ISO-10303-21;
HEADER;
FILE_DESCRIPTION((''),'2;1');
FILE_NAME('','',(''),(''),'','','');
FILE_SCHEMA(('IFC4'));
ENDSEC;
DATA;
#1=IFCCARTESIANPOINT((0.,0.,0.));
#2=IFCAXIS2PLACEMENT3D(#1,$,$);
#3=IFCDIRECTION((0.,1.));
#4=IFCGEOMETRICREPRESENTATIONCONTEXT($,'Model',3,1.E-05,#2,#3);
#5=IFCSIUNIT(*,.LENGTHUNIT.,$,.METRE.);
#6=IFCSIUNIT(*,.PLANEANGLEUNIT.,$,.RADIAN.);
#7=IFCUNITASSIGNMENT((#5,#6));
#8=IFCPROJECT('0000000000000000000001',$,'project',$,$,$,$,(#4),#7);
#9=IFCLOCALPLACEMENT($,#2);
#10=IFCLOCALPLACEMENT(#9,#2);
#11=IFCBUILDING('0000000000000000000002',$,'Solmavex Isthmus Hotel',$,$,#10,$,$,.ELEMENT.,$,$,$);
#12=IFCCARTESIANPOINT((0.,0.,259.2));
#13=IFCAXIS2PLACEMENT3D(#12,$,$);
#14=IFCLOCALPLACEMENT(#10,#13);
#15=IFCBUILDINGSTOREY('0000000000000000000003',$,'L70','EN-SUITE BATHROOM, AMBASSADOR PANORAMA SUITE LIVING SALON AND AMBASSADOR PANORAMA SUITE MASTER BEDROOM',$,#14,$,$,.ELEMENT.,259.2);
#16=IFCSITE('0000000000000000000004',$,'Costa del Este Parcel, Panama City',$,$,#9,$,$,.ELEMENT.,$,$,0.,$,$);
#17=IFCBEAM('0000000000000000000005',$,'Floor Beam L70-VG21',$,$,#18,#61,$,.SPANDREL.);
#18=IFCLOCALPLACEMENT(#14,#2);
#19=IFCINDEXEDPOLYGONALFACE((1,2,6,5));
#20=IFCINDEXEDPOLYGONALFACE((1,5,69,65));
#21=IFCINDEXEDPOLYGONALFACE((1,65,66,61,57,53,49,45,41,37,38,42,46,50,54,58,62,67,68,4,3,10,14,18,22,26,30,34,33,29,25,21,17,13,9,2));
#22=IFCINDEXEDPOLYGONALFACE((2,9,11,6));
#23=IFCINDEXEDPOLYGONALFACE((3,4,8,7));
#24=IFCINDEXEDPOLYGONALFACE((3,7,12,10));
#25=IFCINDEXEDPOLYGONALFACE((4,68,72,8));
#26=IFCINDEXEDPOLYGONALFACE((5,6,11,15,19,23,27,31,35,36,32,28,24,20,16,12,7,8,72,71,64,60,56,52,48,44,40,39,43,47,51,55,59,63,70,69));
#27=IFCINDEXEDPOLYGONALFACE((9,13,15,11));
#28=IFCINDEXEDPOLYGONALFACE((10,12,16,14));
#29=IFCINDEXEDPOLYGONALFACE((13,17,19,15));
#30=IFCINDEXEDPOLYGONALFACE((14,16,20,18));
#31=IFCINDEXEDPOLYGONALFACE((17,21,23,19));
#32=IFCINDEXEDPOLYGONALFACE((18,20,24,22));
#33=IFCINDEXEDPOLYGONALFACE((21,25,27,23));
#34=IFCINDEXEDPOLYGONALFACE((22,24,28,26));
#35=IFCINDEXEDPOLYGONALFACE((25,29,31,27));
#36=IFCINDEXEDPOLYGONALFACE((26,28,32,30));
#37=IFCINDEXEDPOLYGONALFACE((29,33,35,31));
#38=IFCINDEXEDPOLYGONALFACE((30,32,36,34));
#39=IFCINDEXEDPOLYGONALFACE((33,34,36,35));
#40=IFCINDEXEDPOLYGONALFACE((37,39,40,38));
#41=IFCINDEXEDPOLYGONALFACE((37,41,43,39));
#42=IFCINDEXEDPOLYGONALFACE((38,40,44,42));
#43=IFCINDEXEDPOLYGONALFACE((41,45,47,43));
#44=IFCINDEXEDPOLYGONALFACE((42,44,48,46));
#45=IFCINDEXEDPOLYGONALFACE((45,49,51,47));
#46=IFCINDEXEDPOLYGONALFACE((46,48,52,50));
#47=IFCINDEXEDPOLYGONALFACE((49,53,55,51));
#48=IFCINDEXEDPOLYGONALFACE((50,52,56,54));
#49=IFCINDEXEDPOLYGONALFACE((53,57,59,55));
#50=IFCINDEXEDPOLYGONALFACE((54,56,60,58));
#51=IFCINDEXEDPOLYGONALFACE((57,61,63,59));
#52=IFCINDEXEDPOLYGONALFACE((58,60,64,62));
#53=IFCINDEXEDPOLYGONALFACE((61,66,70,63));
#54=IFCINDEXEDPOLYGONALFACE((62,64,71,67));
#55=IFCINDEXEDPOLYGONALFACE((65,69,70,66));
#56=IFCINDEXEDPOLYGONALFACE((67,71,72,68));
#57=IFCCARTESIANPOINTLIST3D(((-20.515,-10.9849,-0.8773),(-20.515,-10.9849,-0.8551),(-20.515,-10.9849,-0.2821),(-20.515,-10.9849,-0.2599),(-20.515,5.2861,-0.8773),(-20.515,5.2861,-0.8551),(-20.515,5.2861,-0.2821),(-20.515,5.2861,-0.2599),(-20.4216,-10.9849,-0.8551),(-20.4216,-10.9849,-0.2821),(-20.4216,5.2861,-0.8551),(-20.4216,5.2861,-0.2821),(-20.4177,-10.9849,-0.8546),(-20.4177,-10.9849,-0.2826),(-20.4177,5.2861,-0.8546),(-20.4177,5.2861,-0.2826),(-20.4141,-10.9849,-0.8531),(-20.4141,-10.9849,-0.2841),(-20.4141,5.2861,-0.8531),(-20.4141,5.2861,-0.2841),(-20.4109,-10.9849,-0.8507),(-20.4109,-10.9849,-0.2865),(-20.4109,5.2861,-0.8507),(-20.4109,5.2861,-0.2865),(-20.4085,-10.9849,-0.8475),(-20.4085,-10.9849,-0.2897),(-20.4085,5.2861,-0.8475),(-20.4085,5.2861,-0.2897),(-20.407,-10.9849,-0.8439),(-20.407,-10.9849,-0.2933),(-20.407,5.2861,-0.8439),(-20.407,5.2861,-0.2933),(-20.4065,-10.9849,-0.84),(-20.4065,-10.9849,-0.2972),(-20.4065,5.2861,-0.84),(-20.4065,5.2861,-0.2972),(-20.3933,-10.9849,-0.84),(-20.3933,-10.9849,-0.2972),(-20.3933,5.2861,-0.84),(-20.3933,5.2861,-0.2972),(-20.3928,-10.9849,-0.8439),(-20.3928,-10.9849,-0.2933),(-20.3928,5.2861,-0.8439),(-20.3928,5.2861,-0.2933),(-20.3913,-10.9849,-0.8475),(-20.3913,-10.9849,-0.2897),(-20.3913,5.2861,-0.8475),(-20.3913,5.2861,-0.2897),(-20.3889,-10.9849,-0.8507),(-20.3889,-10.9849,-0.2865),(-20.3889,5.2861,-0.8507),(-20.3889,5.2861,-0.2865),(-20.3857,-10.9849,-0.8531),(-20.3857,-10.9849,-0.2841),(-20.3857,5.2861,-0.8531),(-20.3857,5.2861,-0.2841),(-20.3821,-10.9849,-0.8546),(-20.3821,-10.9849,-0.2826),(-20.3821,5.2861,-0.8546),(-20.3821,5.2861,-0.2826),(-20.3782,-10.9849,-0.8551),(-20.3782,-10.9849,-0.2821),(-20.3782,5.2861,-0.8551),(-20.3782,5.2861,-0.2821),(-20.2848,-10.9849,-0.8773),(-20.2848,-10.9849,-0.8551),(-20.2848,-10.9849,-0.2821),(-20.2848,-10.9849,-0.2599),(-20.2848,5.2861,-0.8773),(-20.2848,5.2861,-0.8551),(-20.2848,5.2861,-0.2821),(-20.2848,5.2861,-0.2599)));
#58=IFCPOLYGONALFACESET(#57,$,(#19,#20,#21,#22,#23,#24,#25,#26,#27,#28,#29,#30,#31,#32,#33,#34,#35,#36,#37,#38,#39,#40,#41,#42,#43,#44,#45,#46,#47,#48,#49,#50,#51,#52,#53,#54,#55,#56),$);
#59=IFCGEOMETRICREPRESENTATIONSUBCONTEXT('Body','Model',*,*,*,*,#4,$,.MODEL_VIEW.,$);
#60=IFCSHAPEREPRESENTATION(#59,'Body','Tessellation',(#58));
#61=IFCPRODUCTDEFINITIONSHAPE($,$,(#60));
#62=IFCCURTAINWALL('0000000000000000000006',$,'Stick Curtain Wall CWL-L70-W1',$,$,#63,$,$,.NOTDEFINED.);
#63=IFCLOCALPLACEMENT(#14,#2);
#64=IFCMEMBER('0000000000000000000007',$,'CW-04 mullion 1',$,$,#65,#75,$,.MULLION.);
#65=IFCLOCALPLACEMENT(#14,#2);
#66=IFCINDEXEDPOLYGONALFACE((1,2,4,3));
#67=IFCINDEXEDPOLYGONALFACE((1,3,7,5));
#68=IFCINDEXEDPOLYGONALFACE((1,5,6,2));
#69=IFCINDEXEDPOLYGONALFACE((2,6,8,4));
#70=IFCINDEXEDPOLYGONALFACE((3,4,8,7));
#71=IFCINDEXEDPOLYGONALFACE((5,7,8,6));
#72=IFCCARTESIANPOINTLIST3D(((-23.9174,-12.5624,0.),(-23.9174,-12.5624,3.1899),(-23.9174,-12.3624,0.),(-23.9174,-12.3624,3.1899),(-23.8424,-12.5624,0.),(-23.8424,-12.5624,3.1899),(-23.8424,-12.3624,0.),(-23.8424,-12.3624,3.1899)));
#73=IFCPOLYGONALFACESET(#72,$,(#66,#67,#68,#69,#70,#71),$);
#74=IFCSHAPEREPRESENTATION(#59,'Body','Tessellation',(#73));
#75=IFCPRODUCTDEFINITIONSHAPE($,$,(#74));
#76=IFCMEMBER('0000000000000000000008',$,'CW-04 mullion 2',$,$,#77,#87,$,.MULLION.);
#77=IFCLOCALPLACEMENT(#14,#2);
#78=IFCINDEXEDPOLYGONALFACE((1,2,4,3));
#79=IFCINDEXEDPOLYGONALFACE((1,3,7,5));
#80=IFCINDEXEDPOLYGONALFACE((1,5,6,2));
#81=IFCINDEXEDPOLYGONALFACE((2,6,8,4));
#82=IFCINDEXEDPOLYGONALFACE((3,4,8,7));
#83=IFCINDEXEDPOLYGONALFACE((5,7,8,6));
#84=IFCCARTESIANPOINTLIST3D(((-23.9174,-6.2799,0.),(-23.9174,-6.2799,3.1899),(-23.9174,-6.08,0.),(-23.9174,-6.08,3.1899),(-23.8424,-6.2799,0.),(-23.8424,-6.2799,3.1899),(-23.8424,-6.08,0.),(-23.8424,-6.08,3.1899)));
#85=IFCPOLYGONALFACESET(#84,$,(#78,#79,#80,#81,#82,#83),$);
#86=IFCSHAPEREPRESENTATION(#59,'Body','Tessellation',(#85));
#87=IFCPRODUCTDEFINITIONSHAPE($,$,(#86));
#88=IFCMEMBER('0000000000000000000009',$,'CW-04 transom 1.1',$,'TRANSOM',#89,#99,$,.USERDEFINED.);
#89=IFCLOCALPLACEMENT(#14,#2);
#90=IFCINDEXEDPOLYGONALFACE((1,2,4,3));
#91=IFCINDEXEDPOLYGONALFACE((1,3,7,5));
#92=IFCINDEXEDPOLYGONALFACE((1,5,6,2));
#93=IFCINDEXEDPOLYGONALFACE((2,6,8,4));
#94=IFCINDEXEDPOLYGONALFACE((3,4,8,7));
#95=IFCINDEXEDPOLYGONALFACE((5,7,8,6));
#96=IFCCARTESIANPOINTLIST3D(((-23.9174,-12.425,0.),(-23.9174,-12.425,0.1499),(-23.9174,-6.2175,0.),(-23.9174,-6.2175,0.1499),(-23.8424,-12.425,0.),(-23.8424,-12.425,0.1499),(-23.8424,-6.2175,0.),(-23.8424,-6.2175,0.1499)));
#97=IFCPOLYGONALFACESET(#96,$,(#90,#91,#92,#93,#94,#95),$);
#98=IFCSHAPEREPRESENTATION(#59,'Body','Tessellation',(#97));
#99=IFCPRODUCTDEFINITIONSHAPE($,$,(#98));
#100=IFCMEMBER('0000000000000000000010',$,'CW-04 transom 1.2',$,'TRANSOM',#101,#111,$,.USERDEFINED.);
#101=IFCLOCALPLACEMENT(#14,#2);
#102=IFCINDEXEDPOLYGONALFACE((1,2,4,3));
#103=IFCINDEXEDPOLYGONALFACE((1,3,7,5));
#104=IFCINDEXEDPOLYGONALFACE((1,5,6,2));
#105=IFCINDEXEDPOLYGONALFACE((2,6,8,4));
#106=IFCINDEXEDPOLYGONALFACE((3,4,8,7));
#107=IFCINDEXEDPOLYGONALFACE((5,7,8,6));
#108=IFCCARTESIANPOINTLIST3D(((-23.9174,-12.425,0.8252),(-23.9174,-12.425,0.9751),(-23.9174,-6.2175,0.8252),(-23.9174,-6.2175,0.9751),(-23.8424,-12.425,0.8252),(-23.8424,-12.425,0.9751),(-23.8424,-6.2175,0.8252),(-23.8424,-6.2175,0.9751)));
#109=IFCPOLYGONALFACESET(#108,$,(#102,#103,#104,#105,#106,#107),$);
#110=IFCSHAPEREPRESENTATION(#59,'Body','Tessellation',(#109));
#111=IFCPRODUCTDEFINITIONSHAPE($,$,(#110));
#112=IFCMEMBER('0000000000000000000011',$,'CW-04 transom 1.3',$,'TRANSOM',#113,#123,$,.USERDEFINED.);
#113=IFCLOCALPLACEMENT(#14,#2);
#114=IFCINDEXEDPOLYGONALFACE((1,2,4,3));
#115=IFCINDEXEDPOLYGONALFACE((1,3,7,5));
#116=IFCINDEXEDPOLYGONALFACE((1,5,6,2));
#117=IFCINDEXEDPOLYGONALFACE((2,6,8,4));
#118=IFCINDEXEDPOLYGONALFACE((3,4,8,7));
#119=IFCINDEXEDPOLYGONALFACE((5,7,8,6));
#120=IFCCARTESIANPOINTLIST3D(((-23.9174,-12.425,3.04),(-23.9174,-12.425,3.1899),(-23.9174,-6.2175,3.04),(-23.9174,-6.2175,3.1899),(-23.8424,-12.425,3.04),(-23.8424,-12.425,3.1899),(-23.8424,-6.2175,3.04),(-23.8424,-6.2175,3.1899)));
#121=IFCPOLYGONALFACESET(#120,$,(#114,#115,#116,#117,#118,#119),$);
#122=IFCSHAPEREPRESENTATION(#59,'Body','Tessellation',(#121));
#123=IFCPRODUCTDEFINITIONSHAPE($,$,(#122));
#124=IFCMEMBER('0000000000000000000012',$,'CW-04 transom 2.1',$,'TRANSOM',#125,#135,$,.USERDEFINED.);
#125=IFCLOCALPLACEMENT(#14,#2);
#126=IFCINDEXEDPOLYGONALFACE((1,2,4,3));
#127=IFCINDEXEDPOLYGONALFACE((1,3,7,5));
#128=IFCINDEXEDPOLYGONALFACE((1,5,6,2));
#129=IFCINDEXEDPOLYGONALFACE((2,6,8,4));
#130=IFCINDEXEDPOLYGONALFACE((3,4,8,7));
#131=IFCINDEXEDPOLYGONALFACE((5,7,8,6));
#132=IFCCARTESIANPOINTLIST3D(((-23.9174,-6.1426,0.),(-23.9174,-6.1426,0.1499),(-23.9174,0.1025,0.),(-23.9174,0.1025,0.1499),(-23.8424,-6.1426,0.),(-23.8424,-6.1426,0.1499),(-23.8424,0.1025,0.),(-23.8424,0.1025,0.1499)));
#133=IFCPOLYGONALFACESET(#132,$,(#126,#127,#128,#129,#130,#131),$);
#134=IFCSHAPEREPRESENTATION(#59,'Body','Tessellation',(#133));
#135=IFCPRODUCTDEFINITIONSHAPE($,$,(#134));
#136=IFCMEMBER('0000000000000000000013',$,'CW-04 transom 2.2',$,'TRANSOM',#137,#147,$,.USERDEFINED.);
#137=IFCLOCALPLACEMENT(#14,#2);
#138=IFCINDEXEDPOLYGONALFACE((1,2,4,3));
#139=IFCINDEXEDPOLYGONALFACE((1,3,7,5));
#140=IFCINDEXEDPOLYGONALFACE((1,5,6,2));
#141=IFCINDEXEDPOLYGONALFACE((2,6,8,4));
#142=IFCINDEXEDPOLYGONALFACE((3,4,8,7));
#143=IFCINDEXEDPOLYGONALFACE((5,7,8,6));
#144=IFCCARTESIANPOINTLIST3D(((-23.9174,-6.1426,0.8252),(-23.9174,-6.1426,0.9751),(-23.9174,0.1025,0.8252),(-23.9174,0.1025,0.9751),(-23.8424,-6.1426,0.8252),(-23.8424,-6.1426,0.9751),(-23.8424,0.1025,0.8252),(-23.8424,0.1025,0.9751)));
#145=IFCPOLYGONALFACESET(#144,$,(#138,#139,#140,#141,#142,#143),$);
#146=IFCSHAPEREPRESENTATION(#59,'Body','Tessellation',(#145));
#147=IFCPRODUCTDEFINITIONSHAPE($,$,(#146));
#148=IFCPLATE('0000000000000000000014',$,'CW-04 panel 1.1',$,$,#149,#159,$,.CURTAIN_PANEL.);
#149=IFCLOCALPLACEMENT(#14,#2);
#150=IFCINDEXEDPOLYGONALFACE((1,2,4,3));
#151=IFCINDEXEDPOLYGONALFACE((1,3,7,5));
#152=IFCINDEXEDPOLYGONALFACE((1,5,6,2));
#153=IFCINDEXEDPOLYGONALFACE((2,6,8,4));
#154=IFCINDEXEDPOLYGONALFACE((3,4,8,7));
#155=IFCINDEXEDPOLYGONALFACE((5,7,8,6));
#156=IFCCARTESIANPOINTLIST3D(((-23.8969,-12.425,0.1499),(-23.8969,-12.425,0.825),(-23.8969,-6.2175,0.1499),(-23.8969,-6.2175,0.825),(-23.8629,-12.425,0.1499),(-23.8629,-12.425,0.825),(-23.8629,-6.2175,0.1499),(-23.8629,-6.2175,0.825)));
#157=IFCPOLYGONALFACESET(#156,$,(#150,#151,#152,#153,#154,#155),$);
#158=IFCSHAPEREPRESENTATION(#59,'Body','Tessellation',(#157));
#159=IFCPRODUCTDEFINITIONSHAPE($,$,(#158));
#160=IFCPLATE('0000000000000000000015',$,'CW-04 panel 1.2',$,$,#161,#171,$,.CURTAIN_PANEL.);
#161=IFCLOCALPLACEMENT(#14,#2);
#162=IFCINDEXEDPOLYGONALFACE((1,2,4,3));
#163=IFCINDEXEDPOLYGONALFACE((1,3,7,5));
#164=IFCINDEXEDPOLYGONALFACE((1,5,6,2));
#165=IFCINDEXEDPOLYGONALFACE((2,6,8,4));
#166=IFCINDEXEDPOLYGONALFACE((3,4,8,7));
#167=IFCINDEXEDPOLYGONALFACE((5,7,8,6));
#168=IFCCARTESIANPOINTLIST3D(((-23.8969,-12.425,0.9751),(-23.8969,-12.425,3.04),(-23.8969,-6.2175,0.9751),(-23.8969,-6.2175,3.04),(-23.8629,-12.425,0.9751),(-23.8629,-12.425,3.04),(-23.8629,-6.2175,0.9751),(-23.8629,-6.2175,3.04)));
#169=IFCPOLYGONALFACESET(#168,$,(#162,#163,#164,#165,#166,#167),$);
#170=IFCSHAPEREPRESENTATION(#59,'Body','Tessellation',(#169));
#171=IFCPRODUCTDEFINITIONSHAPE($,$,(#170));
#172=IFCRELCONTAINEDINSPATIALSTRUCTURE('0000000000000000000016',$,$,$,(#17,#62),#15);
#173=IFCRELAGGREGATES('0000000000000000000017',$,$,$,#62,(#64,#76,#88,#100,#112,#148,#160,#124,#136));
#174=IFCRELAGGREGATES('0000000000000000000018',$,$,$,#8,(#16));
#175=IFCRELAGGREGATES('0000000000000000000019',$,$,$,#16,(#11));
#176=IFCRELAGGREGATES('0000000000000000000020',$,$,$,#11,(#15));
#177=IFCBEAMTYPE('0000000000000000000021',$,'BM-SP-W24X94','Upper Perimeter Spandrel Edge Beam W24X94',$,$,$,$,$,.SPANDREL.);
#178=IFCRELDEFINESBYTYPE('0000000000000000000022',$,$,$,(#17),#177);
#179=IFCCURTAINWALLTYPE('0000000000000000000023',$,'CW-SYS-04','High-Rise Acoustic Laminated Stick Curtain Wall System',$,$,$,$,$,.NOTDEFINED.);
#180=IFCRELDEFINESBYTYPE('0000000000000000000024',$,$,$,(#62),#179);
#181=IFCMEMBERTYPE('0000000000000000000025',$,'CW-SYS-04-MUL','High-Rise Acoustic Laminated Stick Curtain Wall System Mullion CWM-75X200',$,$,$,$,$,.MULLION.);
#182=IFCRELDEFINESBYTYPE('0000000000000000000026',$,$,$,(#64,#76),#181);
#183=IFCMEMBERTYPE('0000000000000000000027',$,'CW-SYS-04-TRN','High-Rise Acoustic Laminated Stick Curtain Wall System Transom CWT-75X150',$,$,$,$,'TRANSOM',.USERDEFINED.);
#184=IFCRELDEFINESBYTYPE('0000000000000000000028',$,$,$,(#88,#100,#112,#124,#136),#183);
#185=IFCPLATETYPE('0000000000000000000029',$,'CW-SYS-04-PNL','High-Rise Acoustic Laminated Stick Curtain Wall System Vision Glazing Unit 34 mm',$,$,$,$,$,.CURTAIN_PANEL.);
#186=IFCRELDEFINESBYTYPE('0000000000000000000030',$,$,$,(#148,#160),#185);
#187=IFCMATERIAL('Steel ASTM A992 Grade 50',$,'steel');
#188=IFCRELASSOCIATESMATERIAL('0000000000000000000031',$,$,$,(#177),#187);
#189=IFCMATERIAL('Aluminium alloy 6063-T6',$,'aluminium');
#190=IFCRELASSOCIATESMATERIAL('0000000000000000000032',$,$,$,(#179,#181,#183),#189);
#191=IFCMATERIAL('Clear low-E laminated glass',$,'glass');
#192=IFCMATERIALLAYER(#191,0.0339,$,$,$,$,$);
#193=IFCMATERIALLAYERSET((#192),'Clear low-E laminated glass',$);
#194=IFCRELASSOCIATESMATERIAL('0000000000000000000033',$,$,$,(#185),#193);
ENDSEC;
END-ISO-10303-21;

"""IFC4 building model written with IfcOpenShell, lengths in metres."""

from ifc_helpers import new_model, si_unit, direction, frame, origin, origin_2d, place, context, subcontext, project, spatial, rectangle, i_section, extrude, material, layer, layer_set, material_profile, profile_set, type_object, element, aggregate, save


model = new_model("IFC4")

# Units and contexts
model_context = context("Model", 3, precision=1e-05, world=origin(), true_north=direction((0.0, 1.0)))
body_context = subcontext(model_context, "Body", "Model", "MODEL_VIEW")
ifc_project = project(units=[si_unit("LENGTHUNIT", "METRE"), si_unit("PLANEANGLEUNIT", "RADIAN")], contexts=[model_context])

# Site, building, storey
site_placement = place(None, origin())
site = spatial("IfcSite", under=ifc_project, at=site_placement, Name="Costa del Este Parcel, Panama City", CompositionType="ELEMENT", RefElevation=0.0)
building_placement = place(site_placement, origin())
building = spatial("IfcBuilding", under=site, at=building_placement, Name="Solmavex Isthmus Hotel", CompositionType="ELEMENT")
storey_placement = place(building_placement, frame((0.0, 0.0, 259.2)))
storey = spatial("IfcBuildingStorey", under=building, at=storey_placement, Name="L70", Description="EN-SUITE BATHROOM, AMBASSADOR PANORAMA SUITE LIVING SALON AND AMBASSADOR PANORAMA SUITE MASTER BEDROOM", CompositionType="ELEMENT", Elevation=259.2)

# Beam
ifc_material_1 = material(Name="Steel ASTM A992 Grade 50", Category="steel")
ifc_material_profile_1 = material_profile(ifc_material_1, i_section(OverallWidth=0.2302, OverallDepth=0.6174, WebThickness=0.0132, FlangeThickness=0.0222, FilletRadius=0.0151, at=origin_2d()), Name="W24X94")
ifc_profile_set_1 = profile_set([ifc_material_profile_1], Name="Steel ASTM A992 Grade 50")
beam_type_1 = type_object("IfcBeamType", Name="BM-SP-W24X94", Description="Upper Perimeter Spandrel Edge Beam W24X94", PredefinedType="SPANDREL", material=ifc_profile_set_1)
beam_1_placement = place(storey_placement, frame((-20.3999, -10.9849, -0.5686), z_axis=(0.0, 1.0, 0.0), x_axis=(-1.0, 0.0, 0.0)))
element("IfcBeam", 1, at=beam_1_placement, inside=storey, type_object=beam_type_1, Name="Floor Beam L70-VG21", PredefinedType="SPANDREL", context=body_context, shape_type="SweptSolid", body=[
    extrude(i_section(OverallWidth=0.2302, OverallDepth=0.6174, WebThickness=0.0132, FlangeThickness=0.0222, FilletRadius=0.0151, at=origin_2d()), origin(), (0.0, 0.0, 1.0), 16.271),
])

# Curtain wall, members, plates
ifc_material_2 = material(Name="Aluminium alloy 6063-T6", Category="aluminium")
curtain_wall_type = type_object("IfcCurtainWallType", Name="CW-SYS-04", Description="High-Rise Acoustic Laminated Stick Curtain Wall System", PredefinedType="NOTDEFINED", material=ifc_material_2)
curtain_wall_placement = place(storey_placement, origin())
curtain_wall = element("IfcCurtainWall", 2, at=curtain_wall_placement, inside=storey, type_object=curtain_wall_type, Name="Stick Curtain Wall CWL-L70-W1", PredefinedType="NOTDEFINED")
ifc_material_profile_2 = material_profile(ifc_material_2, rectangle(XDim=0.075, YDim=0.2, at=origin_2d()), Name="CWM-75X200")
ifc_profile_set_2 = profile_set([ifc_material_profile_2], Name="Aluminium alloy 6063-T6")
member_type_1 = type_object("IfcMemberType", Name="CW-SYS-04-MUL", Description="High-Rise Acoustic Laminated Stick Curtain Wall System Mullion CWM-75X200", PredefinedType="MULLION", material=ifc_profile_set_2)
member_1_placement = place(storey_placement, frame((-23.8799, -12.4624, 0.0), z_axis=(0.0, 0.0, 1.0), x_axis=(-1.0, 0.0, 0.0)))
member_1 = element("IfcMember", 3, at=member_1_placement, type_object=member_type_1, Name="CW-04 mullion 1", PredefinedType="MULLION", context=body_context, shape_type="SweptSolid", body=[
    extrude(rectangle(XDim=0.075, YDim=0.2, at=origin_2d()), origin(), (0.0, 0.0, 1.0), 3.1899),
])
member_2_placement = place(storey_placement, frame((-23.8799, -6.1799, 0.0), z_axis=(0.0, 0.0, 1.0), x_axis=(-1.0, 0.0, 0.0)))
member_2 = element("IfcMember", 4, at=member_2_placement, type_object=member_type_1, Name="CW-04 mullion 2", PredefinedType="MULLION", context=body_context, shape_type="SweptSolid", body=[
    extrude(rectangle(XDim=0.075, YDim=0.2, at=origin_2d()), origin(), (0.0, 0.0, 1.0), 3.1899),
])
ifc_material_profile_3 = material_profile(ifc_material_2, rectangle(XDim=0.075, YDim=0.1499, at=origin_2d()), Name="CWT-75X150")
ifc_profile_set_3 = profile_set([ifc_material_profile_3], Name="Aluminium alloy 6063-T6")
member_type_2 = type_object("IfcMemberType", Name="CW-SYS-04-TRN", Description="High-Rise Acoustic Laminated Stick Curtain Wall System Transom CWT-75X150", ElementType="TRANSOM", PredefinedType="USERDEFINED", material=ifc_profile_set_3)
member_3_placement = place(storey_placement, frame((-23.8799, -12.425, 0.075), z_axis=(0.0, 1.0, 0.0), x_axis=(-1.0, 0.0, 0.0)))
member_3 = element("IfcMember", 5, at=member_3_placement, type_object=member_type_2, Name="CW-04 transom 1.1", ObjectType="TRANSOM", PredefinedType="USERDEFINED", context=body_context, shape_type="SweptSolid", body=[
    extrude(rectangle(XDim=0.075, YDim=0.1499, at=origin_2d()), origin(), (0.0, 0.0, 1.0), 6.2075),
])
member_4_placement = place(storey_placement, frame((-23.8799, -12.425, 0.9001), z_axis=(0.0, 1.0, 0.0), x_axis=(-1.0, 0.0, 0.0)))
member_4 = element("IfcMember", 6, at=member_4_placement, type_object=member_type_2, Name="CW-04 transom 1.2", ObjectType="TRANSOM", PredefinedType="USERDEFINED", context=body_context, shape_type="SweptSolid", body=[
    extrude(rectangle(XDim=0.075, YDim=0.1499, at=origin_2d()), origin(), (0.0, 0.0, 1.0), 6.2075),
])
member_5_placement = place(storey_placement, frame((-23.8799, -12.425, 3.115), z_axis=(0.0, 1.0, 0.0), x_axis=(-1.0, 0.0, 0.0)))
member_5 = element("IfcMember", 7, at=member_5_placement, type_object=member_type_2, Name="CW-04 transom 1.3", ObjectType="TRANSOM", PredefinedType="USERDEFINED", context=body_context, shape_type="SweptSolid", body=[
    extrude(rectangle(XDim=0.075, YDim=0.1499, at=origin_2d()), origin(), (0.0, 0.0, 1.0), 6.2075),
])
member_6_placement = place(storey_placement, frame((-23.8799, -6.1426, 0.075), z_axis=(0.0, 1.0, 0.0), x_axis=(-1.0, 0.0, 0.0)))
member_6 = element("IfcMember", 8, at=member_6_placement, type_object=member_type_2, Name="CW-04 transom 2.1", ObjectType="TRANSOM", PredefinedType="USERDEFINED", context=body_context, shape_type="SweptSolid", body=[
    extrude(rectangle(XDim=0.075, YDim=0.1499, at=origin_2d()), origin(), (0.0, 0.0, 1.0), 6.2451),
])
member_7_placement = place(storey_placement, frame((-23.8799, -6.1426, 0.9001), z_axis=(0.0, 1.0, 0.0), x_axis=(-1.0, 0.0, 0.0)))
member_7 = element("IfcMember", 9, at=member_7_placement, type_object=member_type_2, Name="CW-04 transom 2.2", ObjectType="TRANSOM", PredefinedType="USERDEFINED", context=body_context, shape_type="SweptSolid", body=[
    extrude(rectangle(XDim=0.075, YDim=0.1499, at=origin_2d()), origin(), (0.0, 0.0, 1.0), 6.2451),
])
ifc_material_3 = material(Name="Clear low-E laminated glass", Category="glass")
ifc_layer_1 = layer(ifc_material_3, 0.0339)
ifc_layer_set_1 = layer_set([ifc_layer_1], Name="Clear low-E laminated glass")
plate_type = type_object("IfcPlateType", Name="CW-SYS-04-PNL", Description="High-Rise Acoustic Laminated Stick Curtain Wall System Vision Glazing Unit 34 mm", PredefinedType="CURTAIN_PANEL", material=ifc_layer_set_1)
plate_1_placement = place(storey_placement, frame((-23.8799, -9.3213, 0.1499), z_axis=(0.0, 0.0, 1.0), x_axis=(0.0, 1.0, 0.0)))
plate_1 = element("IfcPlate", 10, at=plate_1_placement, type_object=plate_type, Name="CW-04 panel 1.1", PredefinedType="CURTAIN_PANEL", context=body_context, shape_type="SweptSolid", body=[
    extrude(rectangle(XDim=6.2075, YDim=0.0339, at=origin_2d()), origin(), (0.0, 0.0, 1.0), 0.675),
])
plate_2_placement = place(storey_placement, frame((-23.8799, -9.3213, 0.9751), z_axis=(0.0, 0.0, 1.0), x_axis=(0.0, 1.0, 0.0)))
plate_2 = element("IfcPlate", 11, at=plate_2_placement, type_object=plate_type, Name="CW-04 panel 1.2", PredefinedType="CURTAIN_PANEL", context=body_context, shape_type="SweptSolid", body=[
    extrude(rectangle(XDim=6.2075, YDim=0.0339, at=origin_2d()), origin(), (0.0, 0.0, 1.0), 2.0649),
])
aggregate(curtain_wall, [member_1, member_2, member_3, member_4, member_5, plate_1, plate_2, member_6, member_7])

save(model, "model.ifc")
